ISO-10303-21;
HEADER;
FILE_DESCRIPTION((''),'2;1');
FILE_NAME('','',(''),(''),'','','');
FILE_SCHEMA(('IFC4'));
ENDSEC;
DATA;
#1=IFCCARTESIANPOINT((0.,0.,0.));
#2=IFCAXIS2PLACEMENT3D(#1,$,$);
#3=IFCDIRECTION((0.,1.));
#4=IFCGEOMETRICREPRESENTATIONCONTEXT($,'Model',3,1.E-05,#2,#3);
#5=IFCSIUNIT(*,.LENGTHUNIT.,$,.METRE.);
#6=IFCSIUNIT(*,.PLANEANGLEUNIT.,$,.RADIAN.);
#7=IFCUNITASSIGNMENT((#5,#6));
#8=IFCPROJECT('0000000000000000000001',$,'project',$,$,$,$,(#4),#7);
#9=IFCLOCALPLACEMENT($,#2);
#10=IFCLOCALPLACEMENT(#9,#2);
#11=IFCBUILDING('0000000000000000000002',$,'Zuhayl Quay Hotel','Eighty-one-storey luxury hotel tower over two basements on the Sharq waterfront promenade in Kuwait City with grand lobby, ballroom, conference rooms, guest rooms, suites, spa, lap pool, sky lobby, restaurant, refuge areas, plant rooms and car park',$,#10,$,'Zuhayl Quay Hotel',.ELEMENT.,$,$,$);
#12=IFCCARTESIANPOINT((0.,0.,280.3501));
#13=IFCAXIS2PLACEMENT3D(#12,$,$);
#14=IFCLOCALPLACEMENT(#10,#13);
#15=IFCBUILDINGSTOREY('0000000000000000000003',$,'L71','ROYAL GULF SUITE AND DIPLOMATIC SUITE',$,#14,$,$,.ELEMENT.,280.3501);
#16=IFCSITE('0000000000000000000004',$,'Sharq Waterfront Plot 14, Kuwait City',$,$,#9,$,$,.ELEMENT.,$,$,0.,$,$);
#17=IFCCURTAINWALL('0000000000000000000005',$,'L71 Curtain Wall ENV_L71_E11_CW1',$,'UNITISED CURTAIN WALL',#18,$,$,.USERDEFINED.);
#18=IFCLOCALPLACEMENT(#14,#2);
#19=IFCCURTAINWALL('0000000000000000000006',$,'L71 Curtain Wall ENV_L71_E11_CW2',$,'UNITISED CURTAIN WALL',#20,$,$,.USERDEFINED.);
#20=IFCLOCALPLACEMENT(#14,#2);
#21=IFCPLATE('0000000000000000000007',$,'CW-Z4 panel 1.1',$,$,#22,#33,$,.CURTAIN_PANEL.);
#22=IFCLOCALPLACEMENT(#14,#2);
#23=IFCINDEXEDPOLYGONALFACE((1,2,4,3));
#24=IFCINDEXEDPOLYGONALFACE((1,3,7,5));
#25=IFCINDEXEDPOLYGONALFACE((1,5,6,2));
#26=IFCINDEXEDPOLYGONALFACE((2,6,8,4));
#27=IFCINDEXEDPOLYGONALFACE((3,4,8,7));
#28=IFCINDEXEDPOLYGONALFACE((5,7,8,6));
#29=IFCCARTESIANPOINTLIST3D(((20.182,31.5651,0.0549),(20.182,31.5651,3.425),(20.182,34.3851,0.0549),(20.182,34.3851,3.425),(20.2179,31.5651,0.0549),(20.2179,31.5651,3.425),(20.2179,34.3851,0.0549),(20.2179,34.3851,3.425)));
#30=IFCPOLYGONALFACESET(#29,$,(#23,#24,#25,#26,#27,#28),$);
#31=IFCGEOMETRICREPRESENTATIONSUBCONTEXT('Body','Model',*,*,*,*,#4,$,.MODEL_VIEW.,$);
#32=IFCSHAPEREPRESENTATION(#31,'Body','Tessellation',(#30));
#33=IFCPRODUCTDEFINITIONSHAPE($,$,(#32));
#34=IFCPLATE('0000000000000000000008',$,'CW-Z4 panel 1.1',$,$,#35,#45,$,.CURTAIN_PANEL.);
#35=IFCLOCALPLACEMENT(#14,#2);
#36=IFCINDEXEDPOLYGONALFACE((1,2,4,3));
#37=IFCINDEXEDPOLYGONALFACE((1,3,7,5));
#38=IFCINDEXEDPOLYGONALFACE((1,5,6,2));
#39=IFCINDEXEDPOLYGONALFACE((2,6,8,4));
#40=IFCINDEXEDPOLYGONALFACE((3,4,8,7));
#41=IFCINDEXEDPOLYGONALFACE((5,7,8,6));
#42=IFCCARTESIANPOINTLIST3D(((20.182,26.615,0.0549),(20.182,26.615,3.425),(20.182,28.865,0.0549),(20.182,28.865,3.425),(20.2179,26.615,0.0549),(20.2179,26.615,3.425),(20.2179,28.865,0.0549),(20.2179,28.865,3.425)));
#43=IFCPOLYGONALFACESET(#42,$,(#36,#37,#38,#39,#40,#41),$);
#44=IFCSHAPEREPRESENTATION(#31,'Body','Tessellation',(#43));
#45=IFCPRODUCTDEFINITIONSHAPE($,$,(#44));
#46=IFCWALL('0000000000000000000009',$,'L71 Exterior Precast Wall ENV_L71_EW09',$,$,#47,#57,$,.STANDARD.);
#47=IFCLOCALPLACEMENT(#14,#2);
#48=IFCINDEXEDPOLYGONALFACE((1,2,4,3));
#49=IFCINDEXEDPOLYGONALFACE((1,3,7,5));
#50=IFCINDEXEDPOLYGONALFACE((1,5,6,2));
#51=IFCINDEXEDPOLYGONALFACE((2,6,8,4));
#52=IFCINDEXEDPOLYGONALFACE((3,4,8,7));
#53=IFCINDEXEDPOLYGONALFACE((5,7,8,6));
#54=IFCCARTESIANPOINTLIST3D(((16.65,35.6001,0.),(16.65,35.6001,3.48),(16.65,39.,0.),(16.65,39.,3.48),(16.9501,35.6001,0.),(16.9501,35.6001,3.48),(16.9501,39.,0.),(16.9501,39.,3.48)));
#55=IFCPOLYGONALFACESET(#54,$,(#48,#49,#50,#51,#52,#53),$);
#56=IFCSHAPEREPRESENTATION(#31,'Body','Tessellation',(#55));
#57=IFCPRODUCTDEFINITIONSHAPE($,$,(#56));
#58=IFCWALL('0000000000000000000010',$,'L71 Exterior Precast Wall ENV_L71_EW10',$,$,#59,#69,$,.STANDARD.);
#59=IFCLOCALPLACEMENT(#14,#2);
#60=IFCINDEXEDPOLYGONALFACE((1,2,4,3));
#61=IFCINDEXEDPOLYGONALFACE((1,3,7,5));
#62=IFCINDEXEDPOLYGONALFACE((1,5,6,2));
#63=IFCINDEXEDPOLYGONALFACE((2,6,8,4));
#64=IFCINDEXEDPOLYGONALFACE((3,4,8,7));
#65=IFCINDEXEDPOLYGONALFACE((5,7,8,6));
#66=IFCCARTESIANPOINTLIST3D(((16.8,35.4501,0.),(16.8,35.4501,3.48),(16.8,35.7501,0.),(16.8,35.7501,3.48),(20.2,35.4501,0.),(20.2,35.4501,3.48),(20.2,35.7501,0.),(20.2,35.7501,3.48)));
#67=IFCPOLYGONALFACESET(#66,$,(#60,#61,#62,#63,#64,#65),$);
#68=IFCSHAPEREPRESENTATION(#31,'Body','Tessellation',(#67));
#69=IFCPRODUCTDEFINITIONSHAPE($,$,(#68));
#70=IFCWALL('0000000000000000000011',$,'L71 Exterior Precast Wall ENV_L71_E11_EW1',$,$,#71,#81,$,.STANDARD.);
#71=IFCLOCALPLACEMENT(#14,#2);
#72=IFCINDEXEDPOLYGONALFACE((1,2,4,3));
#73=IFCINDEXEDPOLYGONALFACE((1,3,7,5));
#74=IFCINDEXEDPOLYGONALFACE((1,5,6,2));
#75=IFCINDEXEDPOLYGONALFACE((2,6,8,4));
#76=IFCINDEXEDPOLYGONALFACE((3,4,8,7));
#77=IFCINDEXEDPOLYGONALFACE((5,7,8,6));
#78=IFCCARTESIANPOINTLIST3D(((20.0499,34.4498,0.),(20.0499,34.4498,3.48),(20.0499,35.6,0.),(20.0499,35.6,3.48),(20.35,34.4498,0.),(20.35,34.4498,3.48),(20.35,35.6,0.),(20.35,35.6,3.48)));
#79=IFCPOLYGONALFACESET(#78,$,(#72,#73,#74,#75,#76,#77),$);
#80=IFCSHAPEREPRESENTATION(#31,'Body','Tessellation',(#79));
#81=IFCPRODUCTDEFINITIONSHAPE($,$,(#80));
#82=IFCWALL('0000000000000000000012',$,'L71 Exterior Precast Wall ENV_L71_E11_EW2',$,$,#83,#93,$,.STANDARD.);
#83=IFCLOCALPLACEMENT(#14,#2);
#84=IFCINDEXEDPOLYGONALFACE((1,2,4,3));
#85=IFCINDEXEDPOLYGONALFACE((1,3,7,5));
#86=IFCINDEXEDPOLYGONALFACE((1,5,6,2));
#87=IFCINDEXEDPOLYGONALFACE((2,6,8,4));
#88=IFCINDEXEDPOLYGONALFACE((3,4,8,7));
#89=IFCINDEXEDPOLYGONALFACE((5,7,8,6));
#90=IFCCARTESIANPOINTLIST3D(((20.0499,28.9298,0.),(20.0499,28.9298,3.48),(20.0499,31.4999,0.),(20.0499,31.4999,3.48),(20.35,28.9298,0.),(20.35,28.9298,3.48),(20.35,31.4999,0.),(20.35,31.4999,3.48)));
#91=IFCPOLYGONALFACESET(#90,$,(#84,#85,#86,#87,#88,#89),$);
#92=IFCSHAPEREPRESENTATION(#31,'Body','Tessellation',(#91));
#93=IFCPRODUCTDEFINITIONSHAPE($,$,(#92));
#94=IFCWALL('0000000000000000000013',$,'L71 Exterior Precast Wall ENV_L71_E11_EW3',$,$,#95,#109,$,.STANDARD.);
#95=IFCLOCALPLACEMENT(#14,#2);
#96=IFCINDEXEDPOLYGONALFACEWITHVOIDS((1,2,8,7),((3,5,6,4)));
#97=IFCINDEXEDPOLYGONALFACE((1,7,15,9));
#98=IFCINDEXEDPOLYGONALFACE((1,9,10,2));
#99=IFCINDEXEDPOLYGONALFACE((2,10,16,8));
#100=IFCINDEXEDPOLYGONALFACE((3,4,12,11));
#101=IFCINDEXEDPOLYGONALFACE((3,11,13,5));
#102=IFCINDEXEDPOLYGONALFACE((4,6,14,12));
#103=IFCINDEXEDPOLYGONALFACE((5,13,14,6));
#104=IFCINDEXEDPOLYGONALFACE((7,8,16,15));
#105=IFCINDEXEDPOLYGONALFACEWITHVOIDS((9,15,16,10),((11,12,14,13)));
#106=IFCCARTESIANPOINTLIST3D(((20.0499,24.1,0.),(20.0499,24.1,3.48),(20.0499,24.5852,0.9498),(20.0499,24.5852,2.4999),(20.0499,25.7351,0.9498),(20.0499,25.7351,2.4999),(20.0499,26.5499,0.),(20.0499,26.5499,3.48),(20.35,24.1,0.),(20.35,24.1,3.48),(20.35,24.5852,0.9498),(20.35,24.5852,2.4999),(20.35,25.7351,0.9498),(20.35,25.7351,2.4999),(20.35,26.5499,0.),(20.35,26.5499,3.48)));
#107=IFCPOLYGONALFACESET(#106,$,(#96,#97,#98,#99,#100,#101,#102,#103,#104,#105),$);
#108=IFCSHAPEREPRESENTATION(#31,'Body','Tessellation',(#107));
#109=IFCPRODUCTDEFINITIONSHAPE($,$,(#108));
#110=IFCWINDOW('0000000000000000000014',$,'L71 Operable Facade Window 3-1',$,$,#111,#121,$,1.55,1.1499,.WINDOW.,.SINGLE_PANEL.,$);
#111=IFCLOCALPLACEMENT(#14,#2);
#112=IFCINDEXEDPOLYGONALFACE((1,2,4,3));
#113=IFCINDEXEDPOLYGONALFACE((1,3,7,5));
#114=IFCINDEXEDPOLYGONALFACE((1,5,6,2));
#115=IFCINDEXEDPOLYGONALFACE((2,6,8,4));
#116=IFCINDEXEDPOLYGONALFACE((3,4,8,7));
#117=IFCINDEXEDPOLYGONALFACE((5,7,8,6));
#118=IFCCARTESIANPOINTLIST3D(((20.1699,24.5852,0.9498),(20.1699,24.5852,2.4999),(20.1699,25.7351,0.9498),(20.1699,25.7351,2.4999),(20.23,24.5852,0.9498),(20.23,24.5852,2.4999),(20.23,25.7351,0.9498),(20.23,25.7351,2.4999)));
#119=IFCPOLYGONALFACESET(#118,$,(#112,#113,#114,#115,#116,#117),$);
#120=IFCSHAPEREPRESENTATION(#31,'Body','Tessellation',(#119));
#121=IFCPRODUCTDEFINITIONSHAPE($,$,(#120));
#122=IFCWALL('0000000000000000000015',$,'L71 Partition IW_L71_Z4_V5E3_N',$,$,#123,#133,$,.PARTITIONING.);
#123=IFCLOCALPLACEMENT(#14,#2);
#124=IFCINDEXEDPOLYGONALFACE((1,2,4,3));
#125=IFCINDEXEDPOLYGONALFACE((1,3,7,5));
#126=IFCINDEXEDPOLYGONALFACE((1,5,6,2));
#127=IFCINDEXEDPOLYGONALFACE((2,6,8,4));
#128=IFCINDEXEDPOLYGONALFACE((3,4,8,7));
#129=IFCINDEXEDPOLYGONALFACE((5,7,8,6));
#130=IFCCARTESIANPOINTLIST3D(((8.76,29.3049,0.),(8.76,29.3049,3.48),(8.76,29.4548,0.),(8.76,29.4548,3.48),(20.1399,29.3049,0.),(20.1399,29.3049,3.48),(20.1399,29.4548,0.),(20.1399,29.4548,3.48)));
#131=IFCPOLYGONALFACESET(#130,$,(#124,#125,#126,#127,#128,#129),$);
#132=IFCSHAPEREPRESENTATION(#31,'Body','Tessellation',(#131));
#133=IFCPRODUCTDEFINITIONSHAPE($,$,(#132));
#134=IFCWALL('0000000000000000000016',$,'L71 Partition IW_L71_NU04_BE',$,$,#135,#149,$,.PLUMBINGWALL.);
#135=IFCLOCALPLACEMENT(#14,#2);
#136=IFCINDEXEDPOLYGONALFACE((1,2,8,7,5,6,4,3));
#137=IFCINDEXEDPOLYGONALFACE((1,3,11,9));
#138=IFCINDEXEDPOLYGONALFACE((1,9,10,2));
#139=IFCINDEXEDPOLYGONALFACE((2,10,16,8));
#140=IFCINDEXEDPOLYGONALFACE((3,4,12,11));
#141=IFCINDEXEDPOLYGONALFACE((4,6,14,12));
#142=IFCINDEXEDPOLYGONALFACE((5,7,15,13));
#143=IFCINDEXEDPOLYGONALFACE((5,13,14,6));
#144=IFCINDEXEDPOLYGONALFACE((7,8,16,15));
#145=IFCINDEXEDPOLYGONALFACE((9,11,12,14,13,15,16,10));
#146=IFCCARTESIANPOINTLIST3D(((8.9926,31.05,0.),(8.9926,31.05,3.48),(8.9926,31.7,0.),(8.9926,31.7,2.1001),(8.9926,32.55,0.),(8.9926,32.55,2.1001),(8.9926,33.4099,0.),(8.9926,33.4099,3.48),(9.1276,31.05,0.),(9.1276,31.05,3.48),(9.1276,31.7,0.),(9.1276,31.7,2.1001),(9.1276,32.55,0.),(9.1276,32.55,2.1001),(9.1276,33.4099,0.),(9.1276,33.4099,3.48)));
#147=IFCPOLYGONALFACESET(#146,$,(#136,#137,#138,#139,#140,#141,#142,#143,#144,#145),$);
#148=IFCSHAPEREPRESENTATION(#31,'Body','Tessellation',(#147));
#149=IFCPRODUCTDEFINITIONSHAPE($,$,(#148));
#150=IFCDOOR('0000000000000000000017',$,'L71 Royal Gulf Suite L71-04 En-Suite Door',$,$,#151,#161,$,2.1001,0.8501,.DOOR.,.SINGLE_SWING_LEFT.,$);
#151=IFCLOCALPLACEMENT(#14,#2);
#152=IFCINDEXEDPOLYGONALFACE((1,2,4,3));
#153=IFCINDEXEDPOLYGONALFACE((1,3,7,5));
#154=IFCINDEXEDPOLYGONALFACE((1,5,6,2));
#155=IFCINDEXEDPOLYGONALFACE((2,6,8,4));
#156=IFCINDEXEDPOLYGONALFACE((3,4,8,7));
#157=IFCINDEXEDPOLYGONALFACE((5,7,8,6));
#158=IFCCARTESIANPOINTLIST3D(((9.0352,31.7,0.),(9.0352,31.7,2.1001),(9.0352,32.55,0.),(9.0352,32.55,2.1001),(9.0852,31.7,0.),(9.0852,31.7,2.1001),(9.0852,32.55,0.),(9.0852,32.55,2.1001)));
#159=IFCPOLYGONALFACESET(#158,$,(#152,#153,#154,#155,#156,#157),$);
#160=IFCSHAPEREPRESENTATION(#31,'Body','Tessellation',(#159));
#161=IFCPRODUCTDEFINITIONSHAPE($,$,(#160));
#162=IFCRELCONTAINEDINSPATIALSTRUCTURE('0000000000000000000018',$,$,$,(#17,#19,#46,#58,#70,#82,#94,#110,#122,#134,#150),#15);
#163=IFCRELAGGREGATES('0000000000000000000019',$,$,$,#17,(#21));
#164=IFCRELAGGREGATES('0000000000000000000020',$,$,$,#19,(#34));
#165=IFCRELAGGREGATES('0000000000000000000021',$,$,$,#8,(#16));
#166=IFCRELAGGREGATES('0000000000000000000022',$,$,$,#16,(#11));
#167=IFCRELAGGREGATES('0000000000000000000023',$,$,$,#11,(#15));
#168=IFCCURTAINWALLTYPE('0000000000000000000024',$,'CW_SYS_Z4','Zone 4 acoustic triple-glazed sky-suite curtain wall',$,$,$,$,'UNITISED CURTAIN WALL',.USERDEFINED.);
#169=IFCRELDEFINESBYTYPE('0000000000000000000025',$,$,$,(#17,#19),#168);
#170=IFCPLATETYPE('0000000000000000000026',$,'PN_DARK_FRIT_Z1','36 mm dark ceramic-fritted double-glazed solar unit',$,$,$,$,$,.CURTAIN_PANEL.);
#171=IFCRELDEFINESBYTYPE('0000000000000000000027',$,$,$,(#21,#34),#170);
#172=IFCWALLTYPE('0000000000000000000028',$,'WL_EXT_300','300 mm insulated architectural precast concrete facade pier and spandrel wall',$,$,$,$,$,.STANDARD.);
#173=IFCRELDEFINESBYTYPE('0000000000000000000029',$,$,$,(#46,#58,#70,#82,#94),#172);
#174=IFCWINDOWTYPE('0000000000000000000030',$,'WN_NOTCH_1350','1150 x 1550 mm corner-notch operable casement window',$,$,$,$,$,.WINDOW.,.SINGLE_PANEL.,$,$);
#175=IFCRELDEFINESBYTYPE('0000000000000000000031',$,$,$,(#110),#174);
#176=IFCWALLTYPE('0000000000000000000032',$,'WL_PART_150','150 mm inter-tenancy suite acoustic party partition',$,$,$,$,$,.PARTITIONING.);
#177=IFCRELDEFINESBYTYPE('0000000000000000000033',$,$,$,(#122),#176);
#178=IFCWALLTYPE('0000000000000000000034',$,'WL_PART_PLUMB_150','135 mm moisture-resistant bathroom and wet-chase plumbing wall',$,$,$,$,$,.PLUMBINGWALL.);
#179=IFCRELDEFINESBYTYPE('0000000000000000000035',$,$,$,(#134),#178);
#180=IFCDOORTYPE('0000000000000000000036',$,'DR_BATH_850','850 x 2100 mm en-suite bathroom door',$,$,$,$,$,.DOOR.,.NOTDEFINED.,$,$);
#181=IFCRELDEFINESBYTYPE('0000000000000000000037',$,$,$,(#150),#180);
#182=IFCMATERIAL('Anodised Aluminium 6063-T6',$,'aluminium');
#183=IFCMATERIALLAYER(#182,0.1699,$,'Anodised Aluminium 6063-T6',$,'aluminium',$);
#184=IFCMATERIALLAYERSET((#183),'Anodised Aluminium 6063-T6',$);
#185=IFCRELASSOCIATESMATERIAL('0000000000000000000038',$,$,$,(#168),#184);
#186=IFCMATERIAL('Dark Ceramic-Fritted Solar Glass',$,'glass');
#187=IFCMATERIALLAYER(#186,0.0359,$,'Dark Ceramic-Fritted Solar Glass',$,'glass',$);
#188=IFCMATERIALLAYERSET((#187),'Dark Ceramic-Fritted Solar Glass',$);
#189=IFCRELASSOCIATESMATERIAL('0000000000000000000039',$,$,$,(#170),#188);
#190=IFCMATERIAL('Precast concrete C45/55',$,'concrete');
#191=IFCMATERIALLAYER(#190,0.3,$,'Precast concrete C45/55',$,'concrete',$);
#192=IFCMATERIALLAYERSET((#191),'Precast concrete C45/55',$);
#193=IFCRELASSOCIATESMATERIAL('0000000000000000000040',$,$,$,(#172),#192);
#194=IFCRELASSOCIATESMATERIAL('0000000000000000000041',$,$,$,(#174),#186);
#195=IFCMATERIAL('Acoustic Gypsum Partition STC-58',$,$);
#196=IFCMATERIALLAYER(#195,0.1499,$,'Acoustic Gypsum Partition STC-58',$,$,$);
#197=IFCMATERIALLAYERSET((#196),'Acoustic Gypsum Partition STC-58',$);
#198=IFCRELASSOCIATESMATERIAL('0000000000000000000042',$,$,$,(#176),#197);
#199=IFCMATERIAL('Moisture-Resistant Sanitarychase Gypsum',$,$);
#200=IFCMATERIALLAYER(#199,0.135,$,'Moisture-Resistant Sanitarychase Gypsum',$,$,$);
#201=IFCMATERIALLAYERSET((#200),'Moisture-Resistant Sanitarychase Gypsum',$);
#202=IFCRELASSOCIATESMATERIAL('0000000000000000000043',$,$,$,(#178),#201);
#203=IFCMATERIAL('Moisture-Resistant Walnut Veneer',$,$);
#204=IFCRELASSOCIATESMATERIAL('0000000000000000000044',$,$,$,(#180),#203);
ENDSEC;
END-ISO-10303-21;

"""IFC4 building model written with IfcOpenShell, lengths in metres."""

from ifc_helpers import new_model, si_unit, direction, frame, frame_2d, origin, origin_2d, place, context, subcontext, project, spatial, rectangle, extrude, material, layer, layer_set, type_object, element, fill, aggregate, save


model = new_model("IFC4")

# Units and contexts
model_context = context("Model", 3, precision=1e-05, world=origin(), true_north=direction((0.0, 1.0)))
body_context = subcontext(model_context, "Body", "Model", "MODEL_VIEW")
ifc_project = project(units=[si_unit("LENGTHUNIT", "METRE"), si_unit("PLANEANGLEUNIT", "RADIAN")], contexts=[model_context])

# Site, building, storey
site_placement = place(None, origin())
site = spatial("IfcSite", under=ifc_project, at=site_placement, Name="Sharq Waterfront Plot 14, Kuwait City", CompositionType="ELEMENT", RefElevation=0.0)
building_placement = place(site_placement, origin())
building = spatial("IfcBuilding", under=site, at=building_placement, Name="Zuhayl Quay Hotel", Description="Eighty-one-storey luxury hotel tower over two basements on the Sharq waterfront promenade in Kuwait City with grand lobby, ballroom, conference rooms, guest rooms, suites, spa, lap pool, sky lobby, restaurant, refuge areas, plant rooms and car park", LongName="Zuhayl Quay Hotel", CompositionType="ELEMENT")
storey_placement = place(building_placement, frame((0.0, 0.0, 280.3501)))
storey = spatial("IfcBuildingStorey", under=building, at=storey_placement, Name="L71", Description="ROYAL GULF SUITE AND DIPLOMATIC SUITE", CompositionType="ELEMENT", Elevation=280.3501)

# Curtain walls
ifc_material_1 = material(Name="Anodised Aluminium 6063-T6", Category="aluminium")
ifc_layer_1 = layer(ifc_material_1, 0.1699, Name="Anodised Aluminium 6063-T6", Category="aluminium")
ifc_layer_set_1 = layer_set([ifc_layer_1], Name="Anodised Aluminium 6063-T6")
curtain_wall_type = type_object("IfcCurtainWallType", Name="CW_SYS_Z4", Description="Zone 4 acoustic triple-glazed sky-suite curtain wall", ElementType="UNITISED CURTAIN WALL", PredefinedType="USERDEFINED", material=ifc_layer_set_1)
curtain_wall_1_placement = place(storey_placement, origin())
curtain_wall_1 = element("IfcCurtainWall", 1, at=curtain_wall_1_placement, inside=storey, type_object=curtain_wall_type, Name="L71 Curtain Wall ENV_L71_E11_CW1", ObjectType="UNITISED CURTAIN WALL", PredefinedType="USERDEFINED")
curtain_wall_2_placement = place(storey_placement, origin())
curtain_wall_2 = element("IfcCurtainWall", 2, at=curtain_wall_2_placement, inside=storey, type_object=curtain_wall_type, Name="L71 Curtain Wall ENV_L71_E11_CW2", ObjectType="UNITISED CURTAIN WALL", PredefinedType="USERDEFINED")

# Plates
ifc_material_2 = material(Name="Dark Ceramic-Fritted Solar Glass", Category="glass")
ifc_layer_2 = layer(ifc_material_2, 0.0359, Name="Dark Ceramic-Fritted Solar Glass", Category="glass")
ifc_layer_set_2 = layer_set([ifc_layer_2], Name="Dark Ceramic-Fritted Solar Glass")
plate_type = type_object("IfcPlateType", Name="PN_DARK_FRIT_Z1", Description="36 mm dark ceramic-fritted double-glazed solar unit", PredefinedType="CURTAIN_PANEL", material=ifc_layer_set_2)
plate_1_placement = place(storey_placement, frame((20.2, 32.9751, 0.0549), z_axis=(0.0, 0.0, 1.0), x_axis=(0.0, -1.0, 0.0)))
plate_1 = element("IfcPlate", 3, at=plate_1_placement, type_object=plate_type, Name="CW-Z4 panel 1.1", PredefinedType="CURTAIN_PANEL", context=body_context, shape_type="SweptSolid", body=[
    extrude(rectangle(XDim=2.8201, YDim=0.0359, at=origin_2d()), origin(), (0.0, 0.0, 1.0), 3.3701),
])
aggregate(curtain_wall_1, [plate_1])
plate_2_placement = place(storey_placement, frame((20.2, 27.74, 0.0549), z_axis=(0.0, 0.0, 1.0), x_axis=(0.0, -1.0, 0.0)))
plate_2 = element("IfcPlate", 4, at=plate_2_placement, type_object=plate_type, Name="CW-Z4 panel 1.1", PredefinedType="CURTAIN_PANEL", context=body_context, shape_type="SweptSolid", body=[
    extrude(rectangle(XDim=2.25, YDim=0.0359, at=origin_2d()), origin(), (0.0, 0.0, 1.0), 3.3701),
])
aggregate(curtain_wall_2, [plate_2])

# Walls
ifc_material_3 = material(Name="Precast concrete C45/55", Category="concrete")
ifc_layer_3 = layer(ifc_material_3, 0.3, Name="Precast concrete C45/55", Category="concrete")
ifc_layer_set_3 = layer_set([ifc_layer_3], Name="Precast concrete C45/55")
wall_type_1 = type_object("IfcWallType", Name="WL_EXT_300", Description="300 mm insulated architectural precast concrete facade pier and spandrel wall", PredefinedType="STANDARD", material=ifc_layer_set_3)
for number, where, z_axis, x_axis, name in (
    (5, (16.8, 39.0, 0.0), (0.0, 0.0, 1.0), (0.0, -1.0, 0.0), "L71 Exterior Precast Wall ENV_L71_EW09"),
    (6, (16.8, 35.6001, 0.0), (0.0, 0.0, 1.0), (1.0, 0.0, 0.0), "L71 Exterior Precast Wall ENV_L71_EW10"),
):
    element("IfcWall", number, at=place(storey_placement, frame(where, z_axis=z_axis, x_axis=x_axis)), inside=storey, type_object=wall_type_1, Name=name, PredefinedType="STANDARD", context=body_context, shape_type="SweptSolid", body=[
        extrude(rectangle(XDim=3.3999, YDim=0.3, at=frame_2d((1.7, 0.0))), origin(), (0.0, 0.0, 1.0), 3.48),
    ])
wall_1_placement = place(storey_placement, frame((20.2, 35.6001, 0.0), z_axis=(0.0, 0.0, 1.0), x_axis=(0.0, -1.0, 0.0)))
element("IfcWall", 7, at=wall_1_placement, inside=storey, type_object=wall_type_1, Name="L71 Exterior Precast Wall ENV_L71_E11_EW1", PredefinedType="STANDARD", context=body_context, shape_type="SweptSolid", body=[
    extrude(rectangle(XDim=1.1501, YDim=0.3, at=frame_2d((0.5752, 0.0))), origin(), (0.0, 0.0, 1.0), 3.48),
])
wall_2_placement = place(storey_placement, frame((20.2, 31.5, 0.0), z_axis=(0.0, 0.0, 1.0), x_axis=(0.0, -1.0, 0.0)))
element("IfcWall", 8, at=wall_2_placement, inside=storey, type_object=wall_type_1, Name="L71 Exterior Precast Wall ENV_L71_E11_EW2", PredefinedType="STANDARD", context=body_context, shape_type="SweptSolid", body=[
    extrude(rectangle(XDim=2.5701, YDim=0.3, at=frame_2d((1.2852, 0.0))), origin(), (0.0, 0.0, 1.0), 3.48),
])

# Wall, opening, window
wall_3_placement = place(storey_placement, frame((20.2, 26.55, 0.0), z_axis=(0.0, 0.0, 1.0), x_axis=(0.0, -1.0, 0.0)))
wall_3 = element("IfcWall", 9, at=wall_3_placement, inside=storey, type_object=wall_type_1, Name="L71 Exterior Precast Wall ENV_L71_E11_EW3", PredefinedType="STANDARD", context=body_context, shape_type="SweptSolid", body=[
    extrude(rectangle(XDim=2.45, YDim=0.3, at=frame_2d((1.2251, 0.0))), origin(), (0.0, 0.0, 1.0), 3.48),
])
opening_1_placement = place(wall_3_placement, frame((0.8149, 0.0, 0.95)))
opening_1 = element("IfcOpeningElement", 10, at=opening_1_placement, cuts=wall_3, PredefinedType="OPENING", context=body_context, shape_type="SweptSolid", body=[
    extrude(rectangle(XDim=1.1499, YDim=1.55, at=frame_2d((0.575, 0.7749))), frame((0.0, 0.1599, 0.0), z_axis=(0.0, -1.0, 0.0), x_axis=(1.0, 0.0, 0.0)), (0.0, 0.0, 1.0), 0.3201),
])
window_type = type_object("IfcWindowType", Name="WN_NOTCH_1350", Description="1150 x 1550 mm corner-notch operable casement window", PartitioningType="SINGLE_PANEL", PredefinedType="WINDOW", material=ifc_material_2)
window_placement = place(opening_1_placement, origin())
window = element("IfcWindow", 11, at=window_placement, inside=storey, type_object=window_type, Name="L71 Operable Facade Window 3-1", OverallHeight=1.55, OverallWidth=1.1499, PartitioningType="SINGLE_PANEL", PredefinedType="WINDOW", context=body_context, shape_type="SweptSolid", body=[
    extrude(rectangle(XDim=1.1499, YDim=1.55, at=frame_2d((0.575, 0.7749))), frame((0.0, 0.03, 0.0), z_axis=(0.0, -1.0, 0.0), x_axis=(1.0, 0.0, 0.0)), (0.0, 0.0, 1.0), 0.0601),
])
fill(opening_1, window)

# Wall
ifc_material_4 = material(Name="Acoustic Gypsum Partition STC-58")
ifc_layer_4 = layer(ifc_material_4, 0.1499, Name="Acoustic Gypsum Partition STC-58")
ifc_layer_set_4 = layer_set([ifc_layer_4], Name="Acoustic Gypsum Partition STC-58")
wall_type_2 = type_object("IfcWallType", Name="WL_PART_150", Description="150 mm inter-tenancy suite acoustic party partition", PredefinedType="PARTITIONING", material=ifc_layer_set_4)
wall_4_placement = place(storey_placement, frame((8.76, 29.3799, 0.0), z_axis=(0.0, 0.0, 1.0), x_axis=(1.0, 0.0, 0.0)))
element("IfcWall", 12, at=wall_4_placement, inside=storey, type_object=wall_type_2, Name="L71 Partition IW_L71_Z4_V5E3_N", PredefinedType="PARTITIONING", context=body_context, shape_type="SweptSolid", body=[
    extrude(rectangle(XDim=11.3799, YDim=0.1499, at=frame_2d((5.6899, 0.0))), origin(), (0.0, 0.0, 1.0), 3.48),
])

# Wall, opening, door
ifc_material_5 = material(Name="Moisture-Resistant Sanitarychase Gypsum")
ifc_layer_5 = layer(ifc_material_5, 0.135, Name="Moisture-Resistant Sanitarychase Gypsum")
ifc_layer_set_5 = layer_set([ifc_layer_5], Name="Moisture-Resistant Sanitarychase Gypsum")
wall_type_3 = type_object("IfcWallType", Name="WL_PART_PLUMB_150", Description="135 mm moisture-resistant bathroom and wet-chase plumbing wall", PredefinedType="PLUMBINGWALL", material=ifc_layer_set_5)
wall_5_placement = place(storey_placement, frame((9.0601, 31.05, 0.0), z_axis=(0.0, 0.0, 1.0), x_axis=(0.0, 1.0, 0.0)))
wall_5 = element("IfcWall", 13, at=wall_5_placement, inside=storey, type_object=wall_type_3, Name="L71 Partition IW_L71_NU04_BE", PredefinedType="PLUMBINGWALL", context=body_context, shape_type="SweptSolid", body=[
    extrude(rectangle(XDim=2.3599, YDim=0.135, at=frame_2d((1.1799, 0.0))), origin(), (0.0, 0.0, 1.0), 3.48),
])
opening_2_placement = place(wall_5_placement, frame((0.6499, 0.0, 0.0)))
opening_2 = element("IfcOpeningElement", 14, at=opening_2_placement, cuts=wall_5, PredefinedType="OPENING", context=body_context, shape_type="SweptSolid", body=[
    extrude(rectangle(XDim=0.8501, YDim=2.1001, at=frame_2d((0.425, 1.05))), frame((0.0, 0.0774, 0.0), z_axis=(0.0, -1.0, 0.0), x_axis=(1.0, 0.0, 0.0)), (0.0, 0.0, 1.0), 0.155),
])
ifc_material_6 = material(Name="Moisture-Resistant Walnut Veneer")
door_type_1 = type_object("IfcDoorType", Name="DR_BATH_850", Description="850 x 2100 mm en-suite bathroom door", OperationType="NOTDEFINED", PredefinedType="DOOR", material=ifc_material_6)
door_1_placement = place(opening_2_placement, origin())
door_1 = element("IfcDoor", 15, at=door_1_placement, inside=storey, type_object=door_type_1, Name="L71 Royal Gulf Suite L71-04 En-Suite Door", OperationType="SINGLE_SWING_LEFT", OverallHeight=2.1001, OverallWidth=0.8501, PredefinedType="DOOR", context=body_context, shape_type="SweptSolid", body=[
    extrude(rectangle(XDim=0.8501, YDim=2.1001, at=frame_2d((0.425, 1.05))), frame((0.0, 0.0249, 0.0), z_axis=(0.0, -1.0, 0.0), x_axis=(1.0, 0.0, 0.0)), (0.0, 0.0, 1.0), 0.05),
])
fill(opening_2, door_1)

save(model, "model.ifc")
